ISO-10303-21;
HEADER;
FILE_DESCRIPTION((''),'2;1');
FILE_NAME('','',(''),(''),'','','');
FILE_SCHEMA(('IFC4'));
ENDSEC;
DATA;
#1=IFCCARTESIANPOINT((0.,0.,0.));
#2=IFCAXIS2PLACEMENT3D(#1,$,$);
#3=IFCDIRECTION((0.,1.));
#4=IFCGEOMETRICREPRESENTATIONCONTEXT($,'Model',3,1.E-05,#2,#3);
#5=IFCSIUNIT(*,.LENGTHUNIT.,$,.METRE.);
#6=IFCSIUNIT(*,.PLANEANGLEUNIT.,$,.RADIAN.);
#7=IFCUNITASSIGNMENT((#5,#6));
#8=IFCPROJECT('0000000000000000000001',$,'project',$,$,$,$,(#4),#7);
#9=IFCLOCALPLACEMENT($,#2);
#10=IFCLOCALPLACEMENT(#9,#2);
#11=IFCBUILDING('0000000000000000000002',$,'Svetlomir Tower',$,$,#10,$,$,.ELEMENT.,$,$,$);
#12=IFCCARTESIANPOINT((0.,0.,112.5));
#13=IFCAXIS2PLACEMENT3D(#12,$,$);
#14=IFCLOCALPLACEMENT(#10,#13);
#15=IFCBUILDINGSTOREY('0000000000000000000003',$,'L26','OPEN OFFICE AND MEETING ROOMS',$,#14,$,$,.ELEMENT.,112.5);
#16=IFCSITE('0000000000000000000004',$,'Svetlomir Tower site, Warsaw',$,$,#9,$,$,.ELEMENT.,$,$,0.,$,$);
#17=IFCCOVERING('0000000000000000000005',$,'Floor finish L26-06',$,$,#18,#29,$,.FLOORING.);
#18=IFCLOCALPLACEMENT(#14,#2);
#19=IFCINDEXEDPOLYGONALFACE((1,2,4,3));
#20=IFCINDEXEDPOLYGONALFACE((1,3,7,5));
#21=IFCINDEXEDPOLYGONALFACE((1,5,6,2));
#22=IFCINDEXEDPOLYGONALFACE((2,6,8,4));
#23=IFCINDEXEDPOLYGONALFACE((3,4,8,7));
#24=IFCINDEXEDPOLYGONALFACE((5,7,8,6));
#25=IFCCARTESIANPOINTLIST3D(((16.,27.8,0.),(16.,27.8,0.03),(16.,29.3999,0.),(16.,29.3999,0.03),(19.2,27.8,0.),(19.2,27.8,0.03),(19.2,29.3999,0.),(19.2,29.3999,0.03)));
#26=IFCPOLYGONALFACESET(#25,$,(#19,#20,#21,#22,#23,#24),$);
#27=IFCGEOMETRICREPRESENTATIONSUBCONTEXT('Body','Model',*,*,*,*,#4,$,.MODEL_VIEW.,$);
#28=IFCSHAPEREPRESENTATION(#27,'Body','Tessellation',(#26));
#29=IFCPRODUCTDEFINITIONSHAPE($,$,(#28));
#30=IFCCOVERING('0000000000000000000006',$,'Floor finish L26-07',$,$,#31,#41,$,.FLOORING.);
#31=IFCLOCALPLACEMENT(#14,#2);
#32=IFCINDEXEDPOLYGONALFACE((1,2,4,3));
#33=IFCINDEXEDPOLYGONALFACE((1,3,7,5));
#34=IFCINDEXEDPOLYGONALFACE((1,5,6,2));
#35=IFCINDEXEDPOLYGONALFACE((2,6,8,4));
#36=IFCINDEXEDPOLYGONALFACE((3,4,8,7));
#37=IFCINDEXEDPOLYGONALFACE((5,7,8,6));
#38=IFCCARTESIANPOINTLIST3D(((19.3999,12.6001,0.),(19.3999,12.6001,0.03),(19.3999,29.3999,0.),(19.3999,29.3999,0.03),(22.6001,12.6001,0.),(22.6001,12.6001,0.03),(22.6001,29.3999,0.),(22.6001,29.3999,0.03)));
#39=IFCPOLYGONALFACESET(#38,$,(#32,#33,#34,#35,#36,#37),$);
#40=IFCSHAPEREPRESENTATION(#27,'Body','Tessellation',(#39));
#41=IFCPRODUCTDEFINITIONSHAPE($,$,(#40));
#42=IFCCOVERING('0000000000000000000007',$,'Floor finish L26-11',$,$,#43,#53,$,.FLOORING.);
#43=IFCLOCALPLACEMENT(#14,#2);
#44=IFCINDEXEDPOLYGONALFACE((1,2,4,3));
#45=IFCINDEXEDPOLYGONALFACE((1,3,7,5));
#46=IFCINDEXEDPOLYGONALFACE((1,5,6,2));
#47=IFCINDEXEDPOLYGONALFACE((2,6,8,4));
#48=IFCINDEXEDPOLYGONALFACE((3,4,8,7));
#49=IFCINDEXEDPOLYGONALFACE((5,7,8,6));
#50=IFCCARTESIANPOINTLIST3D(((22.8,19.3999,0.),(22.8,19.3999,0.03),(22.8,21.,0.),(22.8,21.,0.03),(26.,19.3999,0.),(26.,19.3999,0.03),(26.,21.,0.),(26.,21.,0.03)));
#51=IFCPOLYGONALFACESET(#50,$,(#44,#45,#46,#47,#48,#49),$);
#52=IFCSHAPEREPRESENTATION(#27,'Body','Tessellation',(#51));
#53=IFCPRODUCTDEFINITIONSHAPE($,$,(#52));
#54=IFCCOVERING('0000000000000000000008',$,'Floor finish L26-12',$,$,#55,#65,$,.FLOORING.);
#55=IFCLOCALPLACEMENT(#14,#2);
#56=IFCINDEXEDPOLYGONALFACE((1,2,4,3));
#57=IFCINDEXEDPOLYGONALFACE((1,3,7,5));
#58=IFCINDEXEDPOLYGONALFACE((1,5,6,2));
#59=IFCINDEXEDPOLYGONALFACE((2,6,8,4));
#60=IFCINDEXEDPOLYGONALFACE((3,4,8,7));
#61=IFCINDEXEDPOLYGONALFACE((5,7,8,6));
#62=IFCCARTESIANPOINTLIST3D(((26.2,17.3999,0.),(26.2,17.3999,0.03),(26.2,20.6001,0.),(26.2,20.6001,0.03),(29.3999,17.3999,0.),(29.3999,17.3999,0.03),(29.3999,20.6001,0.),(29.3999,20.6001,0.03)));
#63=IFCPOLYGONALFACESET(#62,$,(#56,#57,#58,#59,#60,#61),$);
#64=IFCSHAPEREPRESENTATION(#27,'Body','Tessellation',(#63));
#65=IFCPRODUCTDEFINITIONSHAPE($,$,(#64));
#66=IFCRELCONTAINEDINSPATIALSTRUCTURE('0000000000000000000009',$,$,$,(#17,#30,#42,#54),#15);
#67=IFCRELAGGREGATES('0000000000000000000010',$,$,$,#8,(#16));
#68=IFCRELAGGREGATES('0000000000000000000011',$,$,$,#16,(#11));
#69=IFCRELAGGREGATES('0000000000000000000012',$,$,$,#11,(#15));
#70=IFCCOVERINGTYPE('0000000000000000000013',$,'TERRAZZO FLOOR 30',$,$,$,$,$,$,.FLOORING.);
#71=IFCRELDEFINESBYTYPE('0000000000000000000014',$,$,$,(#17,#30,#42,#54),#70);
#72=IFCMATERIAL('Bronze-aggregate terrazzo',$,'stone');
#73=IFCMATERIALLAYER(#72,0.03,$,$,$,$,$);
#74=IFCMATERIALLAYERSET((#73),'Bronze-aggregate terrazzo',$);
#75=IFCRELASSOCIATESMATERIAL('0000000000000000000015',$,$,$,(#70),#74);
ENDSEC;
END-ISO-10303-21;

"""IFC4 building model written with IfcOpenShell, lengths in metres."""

from ifc_helpers import new_model, si_unit, direction, frame, origin, place, context, subcontext, project, spatial, polyline, outline, extrude, material, layer, layer_set, type_object, element, save


model = new_model("IFC4")

# Units and contexts
model_context = context("Model", 3, precision=1e-05, world=origin(), true_north=direction((0.0, 1.0)))
body_context = subcontext(model_context, "Body", "Model", "MODEL_VIEW")
ifc_project = project(units=[si_unit("LENGTHUNIT", "METRE"), si_unit("PLANEANGLEUNIT", "RADIAN")], contexts=[model_context])

# Site, building, storey
site_placement = place(None, origin())
site = spatial("IfcSite", under=ifc_project, at=site_placement, Name="Svetlomir Tower site, Warsaw", CompositionType="ELEMENT", RefElevation=0.0)
building_placement = place(site_placement, origin())
building = spatial("IfcBuilding", under=site, at=building_placement, Name="Svetlomir Tower", CompositionType="ELEMENT")
storey_placement = place(building_placement, frame((0.0, 0.0, 112.5)))
storey = spatial("IfcBuildingStorey", under=building, at=storey_placement, Name="L26", Description="OPEN OFFICE AND MEETING ROOMS", CompositionType="ELEMENT", Elevation=112.5)

# Coverings
ifc_material_1 = material(Name="Bronze-aggregate terrazzo", Category="stone")
ifc_layer_1 = layer(ifc_material_1, 0.03)
ifc_layer_set_1 = layer_set([ifc_layer_1], Name="Bronze-aggregate terrazzo")
covering_type_1 = type_object("IfcCoveringType", Name="TERRAZZO FLOOR 30", PredefinedType="FLOORING", material=ifc_layer_set_1)
covering_1_placement = place(storey_placement, origin())
element("IfcCovering", 1, at=covering_1_placement, inside=storey, type_object=covering_type_1, Name="Floor finish L26-06", PredefinedType="FLOORING", context=body_context, shape_type="SweptSolid", body=[
    extrude(outline(polyline([(16.0, 27.8), (19.2, 27.8), (19.2, 29.3999), (16.0, 29.3999), (16.0, 27.8)])), origin(), (0.0, 0.0, 1.0), 0.03),
])
covering_2_placement = place(storey_placement, origin())
element("IfcCovering", 2, at=covering_2_placement, inside=storey, type_object=covering_type_1, Name="Floor finish L26-07", PredefinedType="FLOORING", context=body_context, shape_type="SweptSolid", body=[
    extrude(outline(polyline([(19.3999, 12.6001), (22.6001, 12.6001), (22.6001, 29.3999), (19.3999, 29.3999), (19.3999, 12.6001)])), origin(), (0.0, 0.0, 1.0), 0.03),
])
covering_3_placement = place(storey_placement, origin())
element("IfcCovering", 3, at=covering_3_placement, inside=storey, type_object=covering_type_1, Name="Floor finish L26-11", PredefinedType="FLOORING", context=body_context, shape_type="SweptSolid", body=[
    extrude(outline(polyline([(22.8, 19.3999), (26.0, 19.3999), (26.0, 21.0), (22.8, 21.0), (22.8, 19.3999)])), origin(), (0.0, 0.0, 1.0), 0.03),
])
covering_4_placement = place(storey_placement, origin())
element("IfcCovering", 4, at=covering_4_placement, inside=storey, type_object=covering_type_1, Name="Floor finish L26-12", PredefinedType="FLOORING", context=body_context, shape_type="SweptSolid", body=[
    extrude(outline(polyline([(26.2, 17.3999), (29.3999, 17.3999), (29.3999, 20.6001), (26.2, 20.6001), (26.2, 17.3999)])), origin(), (0.0, 0.0, 1.0), 0.03),
])

save(model, "model.ifc")
